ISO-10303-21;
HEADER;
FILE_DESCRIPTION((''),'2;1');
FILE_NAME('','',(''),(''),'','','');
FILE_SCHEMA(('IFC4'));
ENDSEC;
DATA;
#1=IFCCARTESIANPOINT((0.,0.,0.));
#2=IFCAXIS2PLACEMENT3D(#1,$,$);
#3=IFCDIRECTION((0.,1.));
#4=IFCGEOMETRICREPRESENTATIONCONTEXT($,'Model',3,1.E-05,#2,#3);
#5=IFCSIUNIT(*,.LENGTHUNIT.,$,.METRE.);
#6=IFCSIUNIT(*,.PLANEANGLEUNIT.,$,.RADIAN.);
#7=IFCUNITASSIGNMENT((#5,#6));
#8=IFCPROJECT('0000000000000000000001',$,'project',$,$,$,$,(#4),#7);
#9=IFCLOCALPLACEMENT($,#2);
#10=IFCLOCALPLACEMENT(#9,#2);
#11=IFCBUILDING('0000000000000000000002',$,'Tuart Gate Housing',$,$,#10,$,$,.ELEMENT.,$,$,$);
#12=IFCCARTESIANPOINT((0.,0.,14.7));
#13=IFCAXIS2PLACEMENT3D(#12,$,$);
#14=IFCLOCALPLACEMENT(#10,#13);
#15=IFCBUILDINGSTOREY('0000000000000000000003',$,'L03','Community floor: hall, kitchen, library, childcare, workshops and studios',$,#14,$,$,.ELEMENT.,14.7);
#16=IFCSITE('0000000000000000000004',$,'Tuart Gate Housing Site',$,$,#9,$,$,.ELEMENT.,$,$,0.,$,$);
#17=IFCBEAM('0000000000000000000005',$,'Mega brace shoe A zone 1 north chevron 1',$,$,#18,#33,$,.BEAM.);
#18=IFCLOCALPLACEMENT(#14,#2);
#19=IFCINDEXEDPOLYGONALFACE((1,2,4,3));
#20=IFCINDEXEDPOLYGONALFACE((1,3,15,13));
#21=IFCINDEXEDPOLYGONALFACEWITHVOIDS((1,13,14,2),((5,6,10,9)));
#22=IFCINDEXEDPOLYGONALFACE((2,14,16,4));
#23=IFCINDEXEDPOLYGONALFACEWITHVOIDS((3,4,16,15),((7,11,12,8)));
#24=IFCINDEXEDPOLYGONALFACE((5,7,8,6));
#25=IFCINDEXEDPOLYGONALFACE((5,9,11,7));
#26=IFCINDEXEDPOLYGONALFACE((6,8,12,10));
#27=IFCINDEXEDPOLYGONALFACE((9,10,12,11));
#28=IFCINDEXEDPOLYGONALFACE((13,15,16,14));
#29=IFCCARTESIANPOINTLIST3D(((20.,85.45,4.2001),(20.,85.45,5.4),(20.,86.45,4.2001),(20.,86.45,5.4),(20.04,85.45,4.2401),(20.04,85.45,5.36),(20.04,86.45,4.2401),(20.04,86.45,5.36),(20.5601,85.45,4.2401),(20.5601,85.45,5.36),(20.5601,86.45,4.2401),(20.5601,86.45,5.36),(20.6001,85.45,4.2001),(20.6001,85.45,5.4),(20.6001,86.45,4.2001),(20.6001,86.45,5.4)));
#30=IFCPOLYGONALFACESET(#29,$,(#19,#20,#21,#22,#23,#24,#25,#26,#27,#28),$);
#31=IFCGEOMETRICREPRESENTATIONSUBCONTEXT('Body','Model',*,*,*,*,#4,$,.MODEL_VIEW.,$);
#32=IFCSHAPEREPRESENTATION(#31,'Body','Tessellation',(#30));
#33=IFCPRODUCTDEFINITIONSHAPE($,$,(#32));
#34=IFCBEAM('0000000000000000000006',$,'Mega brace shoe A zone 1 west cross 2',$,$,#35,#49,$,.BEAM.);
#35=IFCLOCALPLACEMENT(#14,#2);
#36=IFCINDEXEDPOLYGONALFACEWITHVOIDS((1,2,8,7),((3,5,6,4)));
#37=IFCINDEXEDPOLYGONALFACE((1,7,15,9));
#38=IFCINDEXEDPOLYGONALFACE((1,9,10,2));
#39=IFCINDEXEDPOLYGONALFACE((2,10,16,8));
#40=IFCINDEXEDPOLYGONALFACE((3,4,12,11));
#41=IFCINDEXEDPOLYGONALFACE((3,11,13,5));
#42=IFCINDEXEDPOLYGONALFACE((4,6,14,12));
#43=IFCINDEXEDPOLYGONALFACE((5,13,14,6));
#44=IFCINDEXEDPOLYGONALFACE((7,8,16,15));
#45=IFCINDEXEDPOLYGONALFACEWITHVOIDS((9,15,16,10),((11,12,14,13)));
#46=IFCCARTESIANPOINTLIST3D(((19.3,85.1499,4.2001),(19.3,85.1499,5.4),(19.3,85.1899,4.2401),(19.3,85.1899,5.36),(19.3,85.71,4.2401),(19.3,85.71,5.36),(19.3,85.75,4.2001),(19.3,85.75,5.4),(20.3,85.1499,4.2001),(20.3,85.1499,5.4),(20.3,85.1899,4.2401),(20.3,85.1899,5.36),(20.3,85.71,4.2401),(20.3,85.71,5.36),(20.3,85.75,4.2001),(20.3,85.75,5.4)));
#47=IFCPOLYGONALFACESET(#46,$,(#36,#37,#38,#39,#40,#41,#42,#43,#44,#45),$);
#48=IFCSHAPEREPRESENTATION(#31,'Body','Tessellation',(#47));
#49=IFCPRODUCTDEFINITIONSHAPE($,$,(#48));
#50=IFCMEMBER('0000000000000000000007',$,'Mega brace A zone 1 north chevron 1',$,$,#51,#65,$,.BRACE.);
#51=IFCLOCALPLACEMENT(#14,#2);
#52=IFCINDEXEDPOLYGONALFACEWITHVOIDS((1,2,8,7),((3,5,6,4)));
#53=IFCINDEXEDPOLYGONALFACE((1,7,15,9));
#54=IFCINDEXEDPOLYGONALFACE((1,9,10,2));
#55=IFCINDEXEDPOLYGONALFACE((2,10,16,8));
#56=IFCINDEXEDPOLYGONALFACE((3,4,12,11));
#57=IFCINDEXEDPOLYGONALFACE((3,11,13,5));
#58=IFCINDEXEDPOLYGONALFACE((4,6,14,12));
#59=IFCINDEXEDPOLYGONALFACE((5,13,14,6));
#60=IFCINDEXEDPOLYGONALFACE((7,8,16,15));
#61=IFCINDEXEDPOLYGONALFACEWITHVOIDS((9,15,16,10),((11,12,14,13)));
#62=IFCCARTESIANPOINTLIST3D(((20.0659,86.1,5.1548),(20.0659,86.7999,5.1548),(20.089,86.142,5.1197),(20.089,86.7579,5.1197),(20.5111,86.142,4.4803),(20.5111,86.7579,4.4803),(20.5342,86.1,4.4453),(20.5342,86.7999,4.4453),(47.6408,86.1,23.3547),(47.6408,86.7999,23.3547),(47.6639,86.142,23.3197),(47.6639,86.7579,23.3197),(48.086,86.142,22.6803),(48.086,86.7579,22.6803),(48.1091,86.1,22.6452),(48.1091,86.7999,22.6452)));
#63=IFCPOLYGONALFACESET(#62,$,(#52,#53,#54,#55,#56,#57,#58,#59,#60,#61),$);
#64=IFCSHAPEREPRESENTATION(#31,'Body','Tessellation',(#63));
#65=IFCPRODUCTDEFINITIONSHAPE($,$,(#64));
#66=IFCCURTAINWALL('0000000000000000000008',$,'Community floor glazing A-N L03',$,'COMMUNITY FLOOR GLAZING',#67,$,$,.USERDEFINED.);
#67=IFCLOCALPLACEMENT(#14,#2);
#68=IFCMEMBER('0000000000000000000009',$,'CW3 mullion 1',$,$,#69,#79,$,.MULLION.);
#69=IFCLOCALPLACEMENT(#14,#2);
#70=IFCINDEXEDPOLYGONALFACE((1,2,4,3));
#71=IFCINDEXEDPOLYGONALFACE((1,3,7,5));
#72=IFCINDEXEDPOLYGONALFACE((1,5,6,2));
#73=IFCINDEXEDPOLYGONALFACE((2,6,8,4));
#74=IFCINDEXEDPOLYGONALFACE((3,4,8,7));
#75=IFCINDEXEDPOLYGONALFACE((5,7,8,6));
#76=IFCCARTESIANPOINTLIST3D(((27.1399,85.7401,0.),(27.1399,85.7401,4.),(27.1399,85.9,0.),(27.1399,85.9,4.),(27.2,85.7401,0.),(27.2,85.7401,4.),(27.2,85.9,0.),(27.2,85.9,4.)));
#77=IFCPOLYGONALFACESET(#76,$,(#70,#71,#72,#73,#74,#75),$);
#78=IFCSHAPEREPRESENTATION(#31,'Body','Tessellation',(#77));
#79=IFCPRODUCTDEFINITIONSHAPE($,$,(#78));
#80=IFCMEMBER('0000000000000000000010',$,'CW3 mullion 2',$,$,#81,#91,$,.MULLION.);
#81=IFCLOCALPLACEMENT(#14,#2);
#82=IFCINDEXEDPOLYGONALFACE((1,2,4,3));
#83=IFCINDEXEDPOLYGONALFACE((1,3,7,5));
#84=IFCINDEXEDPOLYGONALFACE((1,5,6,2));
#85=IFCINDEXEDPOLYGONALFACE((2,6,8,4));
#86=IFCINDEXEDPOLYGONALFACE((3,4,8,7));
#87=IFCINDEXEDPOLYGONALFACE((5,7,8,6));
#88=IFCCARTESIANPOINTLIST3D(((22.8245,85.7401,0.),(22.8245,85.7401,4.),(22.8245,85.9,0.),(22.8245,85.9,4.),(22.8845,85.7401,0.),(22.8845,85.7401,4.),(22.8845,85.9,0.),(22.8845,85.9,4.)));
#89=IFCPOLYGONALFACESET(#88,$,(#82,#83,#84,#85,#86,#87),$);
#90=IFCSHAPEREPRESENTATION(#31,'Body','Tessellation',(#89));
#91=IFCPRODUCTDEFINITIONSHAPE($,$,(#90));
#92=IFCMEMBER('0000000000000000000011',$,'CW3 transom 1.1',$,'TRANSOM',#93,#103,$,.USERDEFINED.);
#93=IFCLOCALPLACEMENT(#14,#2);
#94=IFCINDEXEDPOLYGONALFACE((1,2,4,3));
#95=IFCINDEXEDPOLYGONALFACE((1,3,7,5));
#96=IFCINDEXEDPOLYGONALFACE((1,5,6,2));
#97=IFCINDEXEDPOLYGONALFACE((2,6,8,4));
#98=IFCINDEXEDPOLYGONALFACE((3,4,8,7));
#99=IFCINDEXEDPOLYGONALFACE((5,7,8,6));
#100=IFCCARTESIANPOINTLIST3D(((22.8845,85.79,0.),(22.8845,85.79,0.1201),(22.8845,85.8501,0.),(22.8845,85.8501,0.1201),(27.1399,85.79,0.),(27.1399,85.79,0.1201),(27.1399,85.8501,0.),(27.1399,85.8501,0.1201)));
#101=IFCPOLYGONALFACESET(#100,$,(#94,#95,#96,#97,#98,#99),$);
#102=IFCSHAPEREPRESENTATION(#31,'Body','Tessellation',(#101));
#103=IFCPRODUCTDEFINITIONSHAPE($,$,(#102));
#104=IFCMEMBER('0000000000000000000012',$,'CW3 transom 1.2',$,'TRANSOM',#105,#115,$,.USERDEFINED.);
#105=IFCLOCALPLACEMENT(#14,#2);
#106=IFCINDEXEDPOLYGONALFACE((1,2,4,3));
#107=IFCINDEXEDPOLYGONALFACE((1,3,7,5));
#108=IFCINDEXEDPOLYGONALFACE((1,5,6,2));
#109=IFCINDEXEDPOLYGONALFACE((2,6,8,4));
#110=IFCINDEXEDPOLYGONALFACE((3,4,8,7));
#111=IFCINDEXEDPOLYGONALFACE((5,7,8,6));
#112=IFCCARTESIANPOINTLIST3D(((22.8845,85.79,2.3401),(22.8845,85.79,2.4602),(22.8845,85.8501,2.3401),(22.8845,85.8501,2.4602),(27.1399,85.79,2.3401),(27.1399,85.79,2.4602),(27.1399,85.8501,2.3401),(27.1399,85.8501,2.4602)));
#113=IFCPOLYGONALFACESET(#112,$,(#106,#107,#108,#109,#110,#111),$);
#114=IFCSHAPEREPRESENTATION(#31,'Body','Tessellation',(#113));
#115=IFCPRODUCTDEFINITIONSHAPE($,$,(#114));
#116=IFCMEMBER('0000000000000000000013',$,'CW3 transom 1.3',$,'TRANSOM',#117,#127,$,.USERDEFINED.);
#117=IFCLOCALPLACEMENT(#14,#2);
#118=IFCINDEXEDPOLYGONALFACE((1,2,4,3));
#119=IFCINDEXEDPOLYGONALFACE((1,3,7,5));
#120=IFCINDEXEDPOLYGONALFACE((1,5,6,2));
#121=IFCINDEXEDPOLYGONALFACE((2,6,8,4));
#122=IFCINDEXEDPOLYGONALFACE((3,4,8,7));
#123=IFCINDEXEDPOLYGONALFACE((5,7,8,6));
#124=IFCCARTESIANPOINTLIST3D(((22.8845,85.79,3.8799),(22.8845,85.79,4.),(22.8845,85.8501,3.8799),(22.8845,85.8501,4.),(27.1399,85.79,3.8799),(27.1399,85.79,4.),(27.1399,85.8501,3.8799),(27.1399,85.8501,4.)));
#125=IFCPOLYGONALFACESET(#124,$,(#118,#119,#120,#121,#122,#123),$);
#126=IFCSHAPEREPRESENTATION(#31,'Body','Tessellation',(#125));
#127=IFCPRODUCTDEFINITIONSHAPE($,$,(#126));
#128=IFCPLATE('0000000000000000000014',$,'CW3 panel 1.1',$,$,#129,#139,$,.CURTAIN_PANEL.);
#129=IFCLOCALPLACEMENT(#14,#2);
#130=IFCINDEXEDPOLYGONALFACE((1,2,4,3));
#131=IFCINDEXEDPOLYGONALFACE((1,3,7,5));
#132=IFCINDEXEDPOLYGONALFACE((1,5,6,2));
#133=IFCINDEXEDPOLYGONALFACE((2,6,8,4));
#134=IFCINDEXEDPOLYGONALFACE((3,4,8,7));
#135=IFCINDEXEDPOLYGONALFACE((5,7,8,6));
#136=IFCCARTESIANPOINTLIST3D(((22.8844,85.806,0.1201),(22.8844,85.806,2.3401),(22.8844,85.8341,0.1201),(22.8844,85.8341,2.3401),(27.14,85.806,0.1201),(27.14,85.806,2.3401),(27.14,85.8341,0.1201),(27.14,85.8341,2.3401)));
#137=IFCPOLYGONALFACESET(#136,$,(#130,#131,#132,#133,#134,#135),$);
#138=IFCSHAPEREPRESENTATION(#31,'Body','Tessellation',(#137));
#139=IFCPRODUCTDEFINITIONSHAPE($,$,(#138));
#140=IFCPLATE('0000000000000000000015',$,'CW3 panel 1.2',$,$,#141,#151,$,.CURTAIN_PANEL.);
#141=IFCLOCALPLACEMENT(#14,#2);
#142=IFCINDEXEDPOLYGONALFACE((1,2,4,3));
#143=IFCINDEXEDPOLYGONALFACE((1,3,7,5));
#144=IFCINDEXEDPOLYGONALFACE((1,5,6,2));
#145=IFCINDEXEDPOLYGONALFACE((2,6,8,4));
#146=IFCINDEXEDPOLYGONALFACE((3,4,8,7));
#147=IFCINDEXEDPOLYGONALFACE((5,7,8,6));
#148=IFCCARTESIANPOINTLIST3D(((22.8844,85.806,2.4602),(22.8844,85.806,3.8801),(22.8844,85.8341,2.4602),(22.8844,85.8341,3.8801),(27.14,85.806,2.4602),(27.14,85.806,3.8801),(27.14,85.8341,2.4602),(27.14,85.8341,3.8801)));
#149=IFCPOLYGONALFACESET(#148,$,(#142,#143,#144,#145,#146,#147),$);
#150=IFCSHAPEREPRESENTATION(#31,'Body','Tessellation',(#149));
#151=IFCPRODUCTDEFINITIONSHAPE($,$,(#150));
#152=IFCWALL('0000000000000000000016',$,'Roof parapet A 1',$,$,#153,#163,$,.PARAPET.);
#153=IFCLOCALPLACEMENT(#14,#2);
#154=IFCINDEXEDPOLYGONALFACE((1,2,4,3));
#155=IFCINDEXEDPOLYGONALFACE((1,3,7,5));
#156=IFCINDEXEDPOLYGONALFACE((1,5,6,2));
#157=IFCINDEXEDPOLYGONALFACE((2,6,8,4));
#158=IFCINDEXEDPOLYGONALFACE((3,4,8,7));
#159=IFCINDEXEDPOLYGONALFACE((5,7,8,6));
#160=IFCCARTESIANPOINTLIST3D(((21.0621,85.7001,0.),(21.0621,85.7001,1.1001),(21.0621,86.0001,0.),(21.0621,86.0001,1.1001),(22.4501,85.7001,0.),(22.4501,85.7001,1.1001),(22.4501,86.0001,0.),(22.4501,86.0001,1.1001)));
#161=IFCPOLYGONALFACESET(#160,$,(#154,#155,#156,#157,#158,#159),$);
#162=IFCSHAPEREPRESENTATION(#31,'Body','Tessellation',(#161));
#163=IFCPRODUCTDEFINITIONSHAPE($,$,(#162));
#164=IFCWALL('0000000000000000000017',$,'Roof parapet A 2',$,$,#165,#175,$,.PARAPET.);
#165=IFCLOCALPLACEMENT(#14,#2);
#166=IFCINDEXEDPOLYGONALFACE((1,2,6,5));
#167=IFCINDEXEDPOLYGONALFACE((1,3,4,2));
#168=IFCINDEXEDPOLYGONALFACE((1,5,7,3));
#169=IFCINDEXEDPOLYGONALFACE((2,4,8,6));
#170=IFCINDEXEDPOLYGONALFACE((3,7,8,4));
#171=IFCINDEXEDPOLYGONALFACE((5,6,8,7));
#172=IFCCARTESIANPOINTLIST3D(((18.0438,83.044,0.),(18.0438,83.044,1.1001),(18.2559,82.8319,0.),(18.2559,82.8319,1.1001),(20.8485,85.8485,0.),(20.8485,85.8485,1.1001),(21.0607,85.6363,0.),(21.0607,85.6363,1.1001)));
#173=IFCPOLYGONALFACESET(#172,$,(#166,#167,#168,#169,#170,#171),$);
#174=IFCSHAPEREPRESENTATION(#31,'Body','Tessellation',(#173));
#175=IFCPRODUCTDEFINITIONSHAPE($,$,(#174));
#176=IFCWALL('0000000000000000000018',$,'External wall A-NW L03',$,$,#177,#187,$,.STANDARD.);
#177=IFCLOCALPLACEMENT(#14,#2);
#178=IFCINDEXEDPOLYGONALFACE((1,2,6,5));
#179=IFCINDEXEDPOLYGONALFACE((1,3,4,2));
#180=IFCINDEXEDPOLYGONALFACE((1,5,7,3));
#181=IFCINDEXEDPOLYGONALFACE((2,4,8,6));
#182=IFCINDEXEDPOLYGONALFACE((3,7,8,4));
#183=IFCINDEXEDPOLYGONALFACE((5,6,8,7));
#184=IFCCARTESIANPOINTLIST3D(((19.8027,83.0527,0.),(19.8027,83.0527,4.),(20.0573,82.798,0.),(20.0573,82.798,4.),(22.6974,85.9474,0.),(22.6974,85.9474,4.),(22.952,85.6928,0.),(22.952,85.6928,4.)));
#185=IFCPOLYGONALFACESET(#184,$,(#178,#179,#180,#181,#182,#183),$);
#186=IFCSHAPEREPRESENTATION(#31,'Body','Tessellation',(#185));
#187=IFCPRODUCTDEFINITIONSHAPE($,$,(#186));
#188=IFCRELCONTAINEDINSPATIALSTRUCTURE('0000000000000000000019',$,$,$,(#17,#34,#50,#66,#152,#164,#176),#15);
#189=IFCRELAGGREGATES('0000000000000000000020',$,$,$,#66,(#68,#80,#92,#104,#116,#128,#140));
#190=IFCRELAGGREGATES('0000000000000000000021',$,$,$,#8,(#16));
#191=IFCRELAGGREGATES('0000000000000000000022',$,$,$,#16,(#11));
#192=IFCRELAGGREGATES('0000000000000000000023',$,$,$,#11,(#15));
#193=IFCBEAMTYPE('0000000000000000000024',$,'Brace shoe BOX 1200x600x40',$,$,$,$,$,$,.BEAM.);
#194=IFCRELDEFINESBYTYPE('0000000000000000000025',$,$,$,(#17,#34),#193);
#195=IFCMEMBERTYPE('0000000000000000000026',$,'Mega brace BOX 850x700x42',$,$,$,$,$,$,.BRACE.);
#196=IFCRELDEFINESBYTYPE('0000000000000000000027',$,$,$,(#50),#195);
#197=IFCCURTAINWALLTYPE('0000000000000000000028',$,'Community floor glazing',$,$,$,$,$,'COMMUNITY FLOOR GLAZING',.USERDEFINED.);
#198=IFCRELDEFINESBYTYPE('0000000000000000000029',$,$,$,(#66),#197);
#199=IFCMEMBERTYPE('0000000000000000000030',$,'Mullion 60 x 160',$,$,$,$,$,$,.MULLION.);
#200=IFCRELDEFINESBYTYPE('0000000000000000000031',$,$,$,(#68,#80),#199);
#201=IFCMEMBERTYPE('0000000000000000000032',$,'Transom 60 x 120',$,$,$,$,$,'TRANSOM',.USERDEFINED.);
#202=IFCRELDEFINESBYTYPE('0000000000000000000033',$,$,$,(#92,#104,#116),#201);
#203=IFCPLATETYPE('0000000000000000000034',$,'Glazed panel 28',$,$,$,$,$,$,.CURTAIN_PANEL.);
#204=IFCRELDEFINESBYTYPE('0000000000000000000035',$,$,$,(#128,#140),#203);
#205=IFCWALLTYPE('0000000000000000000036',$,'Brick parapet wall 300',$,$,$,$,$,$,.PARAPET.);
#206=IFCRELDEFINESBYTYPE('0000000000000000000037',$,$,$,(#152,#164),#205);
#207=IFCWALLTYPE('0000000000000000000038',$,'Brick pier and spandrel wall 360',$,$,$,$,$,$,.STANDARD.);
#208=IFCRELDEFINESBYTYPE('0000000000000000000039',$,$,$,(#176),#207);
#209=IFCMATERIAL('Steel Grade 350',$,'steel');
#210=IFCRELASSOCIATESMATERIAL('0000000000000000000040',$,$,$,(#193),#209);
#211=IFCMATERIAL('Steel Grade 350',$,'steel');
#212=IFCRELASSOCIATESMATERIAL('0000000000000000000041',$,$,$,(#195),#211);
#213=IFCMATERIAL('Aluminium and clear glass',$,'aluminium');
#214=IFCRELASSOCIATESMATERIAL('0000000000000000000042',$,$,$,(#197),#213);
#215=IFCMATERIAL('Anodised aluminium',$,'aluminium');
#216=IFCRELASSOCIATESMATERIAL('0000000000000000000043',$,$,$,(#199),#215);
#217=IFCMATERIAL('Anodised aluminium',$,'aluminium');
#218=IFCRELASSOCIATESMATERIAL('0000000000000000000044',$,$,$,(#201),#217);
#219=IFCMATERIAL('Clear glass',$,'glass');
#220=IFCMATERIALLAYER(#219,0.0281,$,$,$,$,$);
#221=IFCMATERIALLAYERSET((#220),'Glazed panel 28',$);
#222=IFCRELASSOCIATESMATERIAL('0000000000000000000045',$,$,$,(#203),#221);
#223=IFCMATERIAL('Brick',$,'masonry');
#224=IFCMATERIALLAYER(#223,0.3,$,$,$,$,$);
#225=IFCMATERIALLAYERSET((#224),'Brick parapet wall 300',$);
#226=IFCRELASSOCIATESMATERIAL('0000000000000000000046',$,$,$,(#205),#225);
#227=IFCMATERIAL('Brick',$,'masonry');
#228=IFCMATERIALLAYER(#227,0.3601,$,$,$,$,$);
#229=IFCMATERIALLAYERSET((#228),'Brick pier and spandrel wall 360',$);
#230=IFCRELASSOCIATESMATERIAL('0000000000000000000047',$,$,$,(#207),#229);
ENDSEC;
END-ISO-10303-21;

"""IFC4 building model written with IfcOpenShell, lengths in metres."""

from ifc_helpers import new_model, si_unit, direction, frame, frame_2d, origin, origin_2d, place, context, subcontext, project, spatial, rectangle, hollow_rectangle, extrude, material, layer, layer_set, material_profile, profile_set, type_object, element, aggregate, save


model = new_model("IFC4")

# Units and contexts
model_context = context("Model", 3, precision=1e-05, world=origin(), true_north=direction((0.0, 1.0)))
body_context = subcontext(model_context, "Body", "Model", "MODEL_VIEW")
ifc_project = project(units=[si_unit("LENGTHUNIT", "METRE"), si_unit("PLANEANGLEUNIT", "RADIAN")], contexts=[model_context])

# Site, building, storey
site_placement = place(None, origin())
site = spatial("IfcSite", under=ifc_project, at=site_placement, Name="Tuart Gate Housing Site", CompositionType="ELEMENT", RefElevation=0.0)
building_placement = place(site_placement, origin())
building = spatial("IfcBuilding", under=site, at=building_placement, Name="Tuart Gate Housing", CompositionType="ELEMENT")
storey_placement = place(building_placement, frame((0.0, 0.0, 14.7)))
storey = spatial("IfcBuildingStorey", under=building, at=storey_placement, Name="L03", Description="Community floor: hall, kitchen, library, childcare, workshops and studios", CompositionType="ELEMENT", Elevation=14.7)

# Beams
ifc_material_1 = material(Name="Steel Grade 350", Category="steel")
ifc_material_profile_1 = material_profile(ifc_material_1, hollow_rectangle(XDim=0.6001, YDim=1.2, WallThickness=0.04, at=origin_2d()), Name="BOX 1200x600x40")
ifc_profile_set_1 = profile_set([ifc_material_profile_1], Name="Steel Grade 350")
beam_type = type_object("IfcBeamType", Name="Brace shoe BOX 1200x600x40", PredefinedType="BEAM", material=ifc_profile_set_1)
for number, where, z_axis, x_axis, name in (
    (1, (20.3, 85.45, 4.8), (0.0, 1.0, 0.0), (-1.0, 0.0, 0.0), "Mega brace shoe A zone 1 north chevron 1"),
    (2, (20.3, 85.45, 4.8), (-1.0, 0.0, 0.0), (0.0, -1.0, 0.0), "Mega brace shoe A zone 1 west cross 2"),
):
    element("IfcBeam", number, at=place(storey_placement, frame(where, z_axis=z_axis, x_axis=x_axis)), inside=storey, type_object=beam_type, Name=name, PredefinedType="BEAM", context=body_context, shape_type="SweptSolid", body=[
        extrude(hollow_rectangle(XDim=0.6001, YDim=1.2, WallThickness=0.04, at=origin_2d()), origin(), (0.0, 0.0, 1.0), 1.0),
    ])

# Member
ifc_material_2 = material(Name="Steel Grade 350", Category="steel")
ifc_material_profile_2 = material_profile(ifc_material_2, hollow_rectangle(XDim=0.7, YDim=0.8501, WallThickness=0.042, at=origin_2d()), Name="BOX 850x700x42")
ifc_profile_set_2 = profile_set([ifc_material_profile_2], Name="Steel Grade 350")
member_type_1 = type_object("IfcMemberType", Name="Mega brace BOX 850x700x42", PredefinedType="BRACE", material=ifc_profile_set_2)
member_1_placement = place(storey_placement, frame((20.3, 86.45, 4.8), z_axis=(0.834603, 0.0, 0.550852), x_axis=(0.0, 1.0, 0.0)))
element("IfcMember", 3, at=member_1_placement, inside=storey, type_object=member_type_1, Name="Mega brace A zone 1 north chevron 1", PredefinedType="BRACE", context=body_context, shape_type="SweptSolid", body=[
    extrude(hollow_rectangle(XDim=0.7, YDim=0.8501, WallThickness=0.042, at=origin_2d()), origin(), (0.0, 0.0, 1.0), 33.0396),
])

# Curtain wall, members, plates
ifc_material_3 = material(Name="Aluminium and clear glass", Category="aluminium")
curtain_wall_type = type_object("IfcCurtainWallType", Name="Community floor glazing", ElementType="COMMUNITY FLOOR GLAZING", PredefinedType="USERDEFINED", material=ifc_material_3)
curtain_wall_placement = place(storey_placement, origin())
curtain_wall = element("IfcCurtainWall", 4, at=curtain_wall_placement, inside=storey, type_object=curtain_wall_type, Name="Community floor glazing A-N L03", ObjectType="COMMUNITY FLOOR GLAZING", PredefinedType="USERDEFINED")
ifc_material_4 = material(Name="Anodised aluminium", Category="aluminium")
ifc_material_profile_3 = material_profile(ifc_material_4, rectangle(XDim=0.0601, YDim=0.1599, at=origin_2d()), Name="60x160")
ifc_profile_set_3 = profile_set([ifc_material_profile_3], Name="Anodised aluminium")
member_type_2 = type_object("IfcMemberType", Name="Mullion 60 x 160", PredefinedType="MULLION", material=ifc_profile_set_3)
member_2_placement = place(storey_placement, frame((27.1699, 85.8201, 0.0), z_axis=(0.0, 0.0, 1.0), x_axis=(-1.0, 0.0, 0.0)))
member_2 = element("IfcMember", 5, at=member_2_placement, type_object=member_type_2, Name="CW3 mullion 1", PredefinedType="MULLION", context=body_context, shape_type="SweptSolid", body=[
    extrude(rectangle(XDim=0.0601, YDim=0.1599, at=origin_2d()), origin(), (0.0, 0.0, 1.0), 4.0),
])
member_3_placement = place(storey_placement, frame((22.8545, 85.8201, 0.0), z_axis=(0.0, 0.0, 1.0), x_axis=(-1.0, 0.0, 0.0)))
member_3 = element("IfcMember", 6, at=member_3_placement, type_object=member_type_2, Name="CW3 mullion 2", PredefinedType="MULLION", context=body_context, shape_type="SweptSolid", body=[
    extrude(rectangle(XDim=0.0601, YDim=0.1599, at=origin_2d()), origin(), (0.0, 0.0, 1.0), 4.0),
])
ifc_material_5 = material(Name="Anodised aluminium", Category="aluminium")
ifc_material_profile_4 = material_profile(ifc_material_5, rectangle(XDim=0.0601, YDim=0.1201, at=origin_2d()), Name="60x120")
ifc_profile_set_4 = profile_set([ifc_material_profile_4], Name="Anodised aluminium")
member_type_3 = type_object("IfcMemberType", Name="Transom 60 x 120", ElementType="TRANSOM", PredefinedType="USERDEFINED", material=ifc_profile_set_4)
member_4_placement = place(storey_placement, frame((27.1399, 85.8201, 0.0601), z_axis=(-1.0, 0.0, 0.0), x_axis=(0.0, -1.0, 0.0)))
member_4 = element("IfcMember", 7, at=member_4_placement, type_object=member_type_3, Name="CW3 transom 1.1", ObjectType="TRANSOM", PredefinedType="USERDEFINED", context=body_context, shape_type="SweptSolid", body=[
    extrude(rectangle(XDim=0.0601, YDim=0.1201, at=origin_2d()), origin(), (0.0, 0.0, 1.0), 4.2554),
])
member_5_placement = place(storey_placement, frame((27.1399, 85.8201, 2.4001), z_axis=(-1.0, 0.0, 0.0), x_axis=(0.0, -1.0, 0.0)))
member_5 = element("IfcMember", 8, at=member_5_placement, type_object=member_type_3, Name="CW3 transom 1.2", ObjectType="TRANSOM", PredefinedType="USERDEFINED", context=body_context, shape_type="SweptSolid", body=[
    extrude(rectangle(XDim=0.0601, YDim=0.1201, at=origin_2d()), origin(), (0.0, 0.0, 1.0), 4.2554),
])
member_6_placement = place(storey_placement, frame((27.1399, 85.8201, 3.9399), z_axis=(-1.0, 0.0, 0.0), x_axis=(0.0, -1.0, 0.0)))
member_6 = element("IfcMember", 9, at=member_6_placement, type_object=member_type_3, Name="CW3 transom 1.3", ObjectType="TRANSOM", PredefinedType="USERDEFINED", context=body_context, shape_type="SweptSolid", body=[
    extrude(rectangle(XDim=0.0601, YDim=0.1201, at=origin_2d()), origin(), (0.0, 0.0, 1.0), 4.2554),
])
ifc_material_6 = material(Name="Clear glass", Category="glass")
ifc_layer_1 = layer(ifc_material_6, 0.0281)
ifc_layer_set_1 = layer_set([ifc_layer_1], Name="Glazed panel 28")
plate_type = type_object("IfcPlateType", Name="Glazed panel 28", PredefinedType="CURTAIN_PANEL", material=ifc_layer_set_1)
plate_1_placement = place(storey_placement, frame((25.0122, 85.8201, 0.1201), z_axis=(0.0, 0.0, 1.0), x_axis=(-1.0, 0.0, 0.0)))
plate_1 = element("IfcPlate", 10, at=plate_1_placement, type_object=plate_type, Name="CW3 panel 1.1", PredefinedType="CURTAIN_PANEL", context=body_context, shape_type="SweptSolid", body=[
    extrude(rectangle(XDim=4.2556, YDim=0.0281, at=origin_2d()), origin(), (0.0, 0.0, 1.0), 2.22),
])
plate_2_placement = place(storey_placement, frame((25.0122, 85.8201, 2.4602), z_axis=(0.0, 0.0, 1.0), x_axis=(-1.0, 0.0, 0.0)))
plate_2 = element("IfcPlate", 11, at=plate_2_placement, type_object=plate_type, Name="CW3 panel 1.2", PredefinedType="CURTAIN_PANEL", context=body_context, shape_type="SweptSolid", body=[
    extrude(rectangle(XDim=4.2556, YDim=0.0281, at=origin_2d()), origin(), (0.0, 0.0, 1.0), 1.4199),
])
aggregate(curtain_wall, [member_2, member_3, member_4, member_5, member_6, plate_1, plate_2])

# Walls
ifc_material_7 = material(Name="Brick", Category="masonry")
ifc_layer_2 = layer(ifc_material_7, 0.3)
ifc_layer_set_2 = layer_set([ifc_layer_2], Name="Brick parapet wall 300")
wall_type_1 = type_object("IfcWallType", Name="Brick parapet wall 300", PredefinedType="PARAPET", material=ifc_layer_set_2)
wall_1_placement = place(storey_placement, frame((22.45, 85.8501, 0.0), z_axis=(0.0, 0.0, 1.0), x_axis=(-1.0, 0.0, 0.0)))
element("IfcWall", 12, at=wall_1_placement, inside=storey, type_object=wall_type_1, Name="Roof parapet A 1", PredefinedType="PARAPET", context=body_context, shape_type="SweptSolid", body=[
    extrude(rectangle(XDim=1.3879, YDim=0.3, at=frame_2d((0.6938, 0.0))), origin(), (0.0, 0.0, 1.0), 1.1001),
])
wall_2_placement = place(storey_placement, frame((20.9546, 85.7424, 0.0), z_axis=(0.0, 0.0, 1.0), x_axis=(-0.707138, -0.707076, 0.0)))
element("IfcWall", 13, at=wall_2_placement, inside=storey, type_object=wall_type_1, Name="Roof parapet A 2", PredefinedType="PARAPET", context=body_context, shape_type="SweptSolid", body=[
    extrude(rectangle(XDim=3.9663, YDim=0.3, at=frame_2d((1.9832, 0.0))), origin(), (0.0, 0.0, 1.0), 1.1001),
])
ifc_material_8 = material(Name="Brick", Category="masonry")
ifc_layer_3 = layer(ifc_material_8, 0.3601)
ifc_layer_set_3 = layer_set([ifc_layer_3], Name="Brick pier and spandrel wall 360")
wall_type_2 = type_object("IfcWallType", Name="Brick pier and spandrel wall 360", PredefinedType="STANDARD", material=ifc_layer_set_3)
wall_3_placement = place(storey_placement, frame((22.8247, 85.8201, 0.0), z_axis=(0.0, 0.0, 1.0), x_axis=(-0.707107, -0.707107, 0.0)))
element("IfcWall", 14, at=wall_3_placement, inside=storey, type_object=wall_type_2, Name="External wall A-NW L03", PredefinedType="STANDARD", context=body_context, shape_type="SweptSolid", body=[
    extrude(rectangle(XDim=4.0938, YDim=0.3601, at=frame_2d((2.0469, 0.0))), origin(), (0.0, 0.0, 1.0), 4.0),
])

save(model, "model.ifc")
